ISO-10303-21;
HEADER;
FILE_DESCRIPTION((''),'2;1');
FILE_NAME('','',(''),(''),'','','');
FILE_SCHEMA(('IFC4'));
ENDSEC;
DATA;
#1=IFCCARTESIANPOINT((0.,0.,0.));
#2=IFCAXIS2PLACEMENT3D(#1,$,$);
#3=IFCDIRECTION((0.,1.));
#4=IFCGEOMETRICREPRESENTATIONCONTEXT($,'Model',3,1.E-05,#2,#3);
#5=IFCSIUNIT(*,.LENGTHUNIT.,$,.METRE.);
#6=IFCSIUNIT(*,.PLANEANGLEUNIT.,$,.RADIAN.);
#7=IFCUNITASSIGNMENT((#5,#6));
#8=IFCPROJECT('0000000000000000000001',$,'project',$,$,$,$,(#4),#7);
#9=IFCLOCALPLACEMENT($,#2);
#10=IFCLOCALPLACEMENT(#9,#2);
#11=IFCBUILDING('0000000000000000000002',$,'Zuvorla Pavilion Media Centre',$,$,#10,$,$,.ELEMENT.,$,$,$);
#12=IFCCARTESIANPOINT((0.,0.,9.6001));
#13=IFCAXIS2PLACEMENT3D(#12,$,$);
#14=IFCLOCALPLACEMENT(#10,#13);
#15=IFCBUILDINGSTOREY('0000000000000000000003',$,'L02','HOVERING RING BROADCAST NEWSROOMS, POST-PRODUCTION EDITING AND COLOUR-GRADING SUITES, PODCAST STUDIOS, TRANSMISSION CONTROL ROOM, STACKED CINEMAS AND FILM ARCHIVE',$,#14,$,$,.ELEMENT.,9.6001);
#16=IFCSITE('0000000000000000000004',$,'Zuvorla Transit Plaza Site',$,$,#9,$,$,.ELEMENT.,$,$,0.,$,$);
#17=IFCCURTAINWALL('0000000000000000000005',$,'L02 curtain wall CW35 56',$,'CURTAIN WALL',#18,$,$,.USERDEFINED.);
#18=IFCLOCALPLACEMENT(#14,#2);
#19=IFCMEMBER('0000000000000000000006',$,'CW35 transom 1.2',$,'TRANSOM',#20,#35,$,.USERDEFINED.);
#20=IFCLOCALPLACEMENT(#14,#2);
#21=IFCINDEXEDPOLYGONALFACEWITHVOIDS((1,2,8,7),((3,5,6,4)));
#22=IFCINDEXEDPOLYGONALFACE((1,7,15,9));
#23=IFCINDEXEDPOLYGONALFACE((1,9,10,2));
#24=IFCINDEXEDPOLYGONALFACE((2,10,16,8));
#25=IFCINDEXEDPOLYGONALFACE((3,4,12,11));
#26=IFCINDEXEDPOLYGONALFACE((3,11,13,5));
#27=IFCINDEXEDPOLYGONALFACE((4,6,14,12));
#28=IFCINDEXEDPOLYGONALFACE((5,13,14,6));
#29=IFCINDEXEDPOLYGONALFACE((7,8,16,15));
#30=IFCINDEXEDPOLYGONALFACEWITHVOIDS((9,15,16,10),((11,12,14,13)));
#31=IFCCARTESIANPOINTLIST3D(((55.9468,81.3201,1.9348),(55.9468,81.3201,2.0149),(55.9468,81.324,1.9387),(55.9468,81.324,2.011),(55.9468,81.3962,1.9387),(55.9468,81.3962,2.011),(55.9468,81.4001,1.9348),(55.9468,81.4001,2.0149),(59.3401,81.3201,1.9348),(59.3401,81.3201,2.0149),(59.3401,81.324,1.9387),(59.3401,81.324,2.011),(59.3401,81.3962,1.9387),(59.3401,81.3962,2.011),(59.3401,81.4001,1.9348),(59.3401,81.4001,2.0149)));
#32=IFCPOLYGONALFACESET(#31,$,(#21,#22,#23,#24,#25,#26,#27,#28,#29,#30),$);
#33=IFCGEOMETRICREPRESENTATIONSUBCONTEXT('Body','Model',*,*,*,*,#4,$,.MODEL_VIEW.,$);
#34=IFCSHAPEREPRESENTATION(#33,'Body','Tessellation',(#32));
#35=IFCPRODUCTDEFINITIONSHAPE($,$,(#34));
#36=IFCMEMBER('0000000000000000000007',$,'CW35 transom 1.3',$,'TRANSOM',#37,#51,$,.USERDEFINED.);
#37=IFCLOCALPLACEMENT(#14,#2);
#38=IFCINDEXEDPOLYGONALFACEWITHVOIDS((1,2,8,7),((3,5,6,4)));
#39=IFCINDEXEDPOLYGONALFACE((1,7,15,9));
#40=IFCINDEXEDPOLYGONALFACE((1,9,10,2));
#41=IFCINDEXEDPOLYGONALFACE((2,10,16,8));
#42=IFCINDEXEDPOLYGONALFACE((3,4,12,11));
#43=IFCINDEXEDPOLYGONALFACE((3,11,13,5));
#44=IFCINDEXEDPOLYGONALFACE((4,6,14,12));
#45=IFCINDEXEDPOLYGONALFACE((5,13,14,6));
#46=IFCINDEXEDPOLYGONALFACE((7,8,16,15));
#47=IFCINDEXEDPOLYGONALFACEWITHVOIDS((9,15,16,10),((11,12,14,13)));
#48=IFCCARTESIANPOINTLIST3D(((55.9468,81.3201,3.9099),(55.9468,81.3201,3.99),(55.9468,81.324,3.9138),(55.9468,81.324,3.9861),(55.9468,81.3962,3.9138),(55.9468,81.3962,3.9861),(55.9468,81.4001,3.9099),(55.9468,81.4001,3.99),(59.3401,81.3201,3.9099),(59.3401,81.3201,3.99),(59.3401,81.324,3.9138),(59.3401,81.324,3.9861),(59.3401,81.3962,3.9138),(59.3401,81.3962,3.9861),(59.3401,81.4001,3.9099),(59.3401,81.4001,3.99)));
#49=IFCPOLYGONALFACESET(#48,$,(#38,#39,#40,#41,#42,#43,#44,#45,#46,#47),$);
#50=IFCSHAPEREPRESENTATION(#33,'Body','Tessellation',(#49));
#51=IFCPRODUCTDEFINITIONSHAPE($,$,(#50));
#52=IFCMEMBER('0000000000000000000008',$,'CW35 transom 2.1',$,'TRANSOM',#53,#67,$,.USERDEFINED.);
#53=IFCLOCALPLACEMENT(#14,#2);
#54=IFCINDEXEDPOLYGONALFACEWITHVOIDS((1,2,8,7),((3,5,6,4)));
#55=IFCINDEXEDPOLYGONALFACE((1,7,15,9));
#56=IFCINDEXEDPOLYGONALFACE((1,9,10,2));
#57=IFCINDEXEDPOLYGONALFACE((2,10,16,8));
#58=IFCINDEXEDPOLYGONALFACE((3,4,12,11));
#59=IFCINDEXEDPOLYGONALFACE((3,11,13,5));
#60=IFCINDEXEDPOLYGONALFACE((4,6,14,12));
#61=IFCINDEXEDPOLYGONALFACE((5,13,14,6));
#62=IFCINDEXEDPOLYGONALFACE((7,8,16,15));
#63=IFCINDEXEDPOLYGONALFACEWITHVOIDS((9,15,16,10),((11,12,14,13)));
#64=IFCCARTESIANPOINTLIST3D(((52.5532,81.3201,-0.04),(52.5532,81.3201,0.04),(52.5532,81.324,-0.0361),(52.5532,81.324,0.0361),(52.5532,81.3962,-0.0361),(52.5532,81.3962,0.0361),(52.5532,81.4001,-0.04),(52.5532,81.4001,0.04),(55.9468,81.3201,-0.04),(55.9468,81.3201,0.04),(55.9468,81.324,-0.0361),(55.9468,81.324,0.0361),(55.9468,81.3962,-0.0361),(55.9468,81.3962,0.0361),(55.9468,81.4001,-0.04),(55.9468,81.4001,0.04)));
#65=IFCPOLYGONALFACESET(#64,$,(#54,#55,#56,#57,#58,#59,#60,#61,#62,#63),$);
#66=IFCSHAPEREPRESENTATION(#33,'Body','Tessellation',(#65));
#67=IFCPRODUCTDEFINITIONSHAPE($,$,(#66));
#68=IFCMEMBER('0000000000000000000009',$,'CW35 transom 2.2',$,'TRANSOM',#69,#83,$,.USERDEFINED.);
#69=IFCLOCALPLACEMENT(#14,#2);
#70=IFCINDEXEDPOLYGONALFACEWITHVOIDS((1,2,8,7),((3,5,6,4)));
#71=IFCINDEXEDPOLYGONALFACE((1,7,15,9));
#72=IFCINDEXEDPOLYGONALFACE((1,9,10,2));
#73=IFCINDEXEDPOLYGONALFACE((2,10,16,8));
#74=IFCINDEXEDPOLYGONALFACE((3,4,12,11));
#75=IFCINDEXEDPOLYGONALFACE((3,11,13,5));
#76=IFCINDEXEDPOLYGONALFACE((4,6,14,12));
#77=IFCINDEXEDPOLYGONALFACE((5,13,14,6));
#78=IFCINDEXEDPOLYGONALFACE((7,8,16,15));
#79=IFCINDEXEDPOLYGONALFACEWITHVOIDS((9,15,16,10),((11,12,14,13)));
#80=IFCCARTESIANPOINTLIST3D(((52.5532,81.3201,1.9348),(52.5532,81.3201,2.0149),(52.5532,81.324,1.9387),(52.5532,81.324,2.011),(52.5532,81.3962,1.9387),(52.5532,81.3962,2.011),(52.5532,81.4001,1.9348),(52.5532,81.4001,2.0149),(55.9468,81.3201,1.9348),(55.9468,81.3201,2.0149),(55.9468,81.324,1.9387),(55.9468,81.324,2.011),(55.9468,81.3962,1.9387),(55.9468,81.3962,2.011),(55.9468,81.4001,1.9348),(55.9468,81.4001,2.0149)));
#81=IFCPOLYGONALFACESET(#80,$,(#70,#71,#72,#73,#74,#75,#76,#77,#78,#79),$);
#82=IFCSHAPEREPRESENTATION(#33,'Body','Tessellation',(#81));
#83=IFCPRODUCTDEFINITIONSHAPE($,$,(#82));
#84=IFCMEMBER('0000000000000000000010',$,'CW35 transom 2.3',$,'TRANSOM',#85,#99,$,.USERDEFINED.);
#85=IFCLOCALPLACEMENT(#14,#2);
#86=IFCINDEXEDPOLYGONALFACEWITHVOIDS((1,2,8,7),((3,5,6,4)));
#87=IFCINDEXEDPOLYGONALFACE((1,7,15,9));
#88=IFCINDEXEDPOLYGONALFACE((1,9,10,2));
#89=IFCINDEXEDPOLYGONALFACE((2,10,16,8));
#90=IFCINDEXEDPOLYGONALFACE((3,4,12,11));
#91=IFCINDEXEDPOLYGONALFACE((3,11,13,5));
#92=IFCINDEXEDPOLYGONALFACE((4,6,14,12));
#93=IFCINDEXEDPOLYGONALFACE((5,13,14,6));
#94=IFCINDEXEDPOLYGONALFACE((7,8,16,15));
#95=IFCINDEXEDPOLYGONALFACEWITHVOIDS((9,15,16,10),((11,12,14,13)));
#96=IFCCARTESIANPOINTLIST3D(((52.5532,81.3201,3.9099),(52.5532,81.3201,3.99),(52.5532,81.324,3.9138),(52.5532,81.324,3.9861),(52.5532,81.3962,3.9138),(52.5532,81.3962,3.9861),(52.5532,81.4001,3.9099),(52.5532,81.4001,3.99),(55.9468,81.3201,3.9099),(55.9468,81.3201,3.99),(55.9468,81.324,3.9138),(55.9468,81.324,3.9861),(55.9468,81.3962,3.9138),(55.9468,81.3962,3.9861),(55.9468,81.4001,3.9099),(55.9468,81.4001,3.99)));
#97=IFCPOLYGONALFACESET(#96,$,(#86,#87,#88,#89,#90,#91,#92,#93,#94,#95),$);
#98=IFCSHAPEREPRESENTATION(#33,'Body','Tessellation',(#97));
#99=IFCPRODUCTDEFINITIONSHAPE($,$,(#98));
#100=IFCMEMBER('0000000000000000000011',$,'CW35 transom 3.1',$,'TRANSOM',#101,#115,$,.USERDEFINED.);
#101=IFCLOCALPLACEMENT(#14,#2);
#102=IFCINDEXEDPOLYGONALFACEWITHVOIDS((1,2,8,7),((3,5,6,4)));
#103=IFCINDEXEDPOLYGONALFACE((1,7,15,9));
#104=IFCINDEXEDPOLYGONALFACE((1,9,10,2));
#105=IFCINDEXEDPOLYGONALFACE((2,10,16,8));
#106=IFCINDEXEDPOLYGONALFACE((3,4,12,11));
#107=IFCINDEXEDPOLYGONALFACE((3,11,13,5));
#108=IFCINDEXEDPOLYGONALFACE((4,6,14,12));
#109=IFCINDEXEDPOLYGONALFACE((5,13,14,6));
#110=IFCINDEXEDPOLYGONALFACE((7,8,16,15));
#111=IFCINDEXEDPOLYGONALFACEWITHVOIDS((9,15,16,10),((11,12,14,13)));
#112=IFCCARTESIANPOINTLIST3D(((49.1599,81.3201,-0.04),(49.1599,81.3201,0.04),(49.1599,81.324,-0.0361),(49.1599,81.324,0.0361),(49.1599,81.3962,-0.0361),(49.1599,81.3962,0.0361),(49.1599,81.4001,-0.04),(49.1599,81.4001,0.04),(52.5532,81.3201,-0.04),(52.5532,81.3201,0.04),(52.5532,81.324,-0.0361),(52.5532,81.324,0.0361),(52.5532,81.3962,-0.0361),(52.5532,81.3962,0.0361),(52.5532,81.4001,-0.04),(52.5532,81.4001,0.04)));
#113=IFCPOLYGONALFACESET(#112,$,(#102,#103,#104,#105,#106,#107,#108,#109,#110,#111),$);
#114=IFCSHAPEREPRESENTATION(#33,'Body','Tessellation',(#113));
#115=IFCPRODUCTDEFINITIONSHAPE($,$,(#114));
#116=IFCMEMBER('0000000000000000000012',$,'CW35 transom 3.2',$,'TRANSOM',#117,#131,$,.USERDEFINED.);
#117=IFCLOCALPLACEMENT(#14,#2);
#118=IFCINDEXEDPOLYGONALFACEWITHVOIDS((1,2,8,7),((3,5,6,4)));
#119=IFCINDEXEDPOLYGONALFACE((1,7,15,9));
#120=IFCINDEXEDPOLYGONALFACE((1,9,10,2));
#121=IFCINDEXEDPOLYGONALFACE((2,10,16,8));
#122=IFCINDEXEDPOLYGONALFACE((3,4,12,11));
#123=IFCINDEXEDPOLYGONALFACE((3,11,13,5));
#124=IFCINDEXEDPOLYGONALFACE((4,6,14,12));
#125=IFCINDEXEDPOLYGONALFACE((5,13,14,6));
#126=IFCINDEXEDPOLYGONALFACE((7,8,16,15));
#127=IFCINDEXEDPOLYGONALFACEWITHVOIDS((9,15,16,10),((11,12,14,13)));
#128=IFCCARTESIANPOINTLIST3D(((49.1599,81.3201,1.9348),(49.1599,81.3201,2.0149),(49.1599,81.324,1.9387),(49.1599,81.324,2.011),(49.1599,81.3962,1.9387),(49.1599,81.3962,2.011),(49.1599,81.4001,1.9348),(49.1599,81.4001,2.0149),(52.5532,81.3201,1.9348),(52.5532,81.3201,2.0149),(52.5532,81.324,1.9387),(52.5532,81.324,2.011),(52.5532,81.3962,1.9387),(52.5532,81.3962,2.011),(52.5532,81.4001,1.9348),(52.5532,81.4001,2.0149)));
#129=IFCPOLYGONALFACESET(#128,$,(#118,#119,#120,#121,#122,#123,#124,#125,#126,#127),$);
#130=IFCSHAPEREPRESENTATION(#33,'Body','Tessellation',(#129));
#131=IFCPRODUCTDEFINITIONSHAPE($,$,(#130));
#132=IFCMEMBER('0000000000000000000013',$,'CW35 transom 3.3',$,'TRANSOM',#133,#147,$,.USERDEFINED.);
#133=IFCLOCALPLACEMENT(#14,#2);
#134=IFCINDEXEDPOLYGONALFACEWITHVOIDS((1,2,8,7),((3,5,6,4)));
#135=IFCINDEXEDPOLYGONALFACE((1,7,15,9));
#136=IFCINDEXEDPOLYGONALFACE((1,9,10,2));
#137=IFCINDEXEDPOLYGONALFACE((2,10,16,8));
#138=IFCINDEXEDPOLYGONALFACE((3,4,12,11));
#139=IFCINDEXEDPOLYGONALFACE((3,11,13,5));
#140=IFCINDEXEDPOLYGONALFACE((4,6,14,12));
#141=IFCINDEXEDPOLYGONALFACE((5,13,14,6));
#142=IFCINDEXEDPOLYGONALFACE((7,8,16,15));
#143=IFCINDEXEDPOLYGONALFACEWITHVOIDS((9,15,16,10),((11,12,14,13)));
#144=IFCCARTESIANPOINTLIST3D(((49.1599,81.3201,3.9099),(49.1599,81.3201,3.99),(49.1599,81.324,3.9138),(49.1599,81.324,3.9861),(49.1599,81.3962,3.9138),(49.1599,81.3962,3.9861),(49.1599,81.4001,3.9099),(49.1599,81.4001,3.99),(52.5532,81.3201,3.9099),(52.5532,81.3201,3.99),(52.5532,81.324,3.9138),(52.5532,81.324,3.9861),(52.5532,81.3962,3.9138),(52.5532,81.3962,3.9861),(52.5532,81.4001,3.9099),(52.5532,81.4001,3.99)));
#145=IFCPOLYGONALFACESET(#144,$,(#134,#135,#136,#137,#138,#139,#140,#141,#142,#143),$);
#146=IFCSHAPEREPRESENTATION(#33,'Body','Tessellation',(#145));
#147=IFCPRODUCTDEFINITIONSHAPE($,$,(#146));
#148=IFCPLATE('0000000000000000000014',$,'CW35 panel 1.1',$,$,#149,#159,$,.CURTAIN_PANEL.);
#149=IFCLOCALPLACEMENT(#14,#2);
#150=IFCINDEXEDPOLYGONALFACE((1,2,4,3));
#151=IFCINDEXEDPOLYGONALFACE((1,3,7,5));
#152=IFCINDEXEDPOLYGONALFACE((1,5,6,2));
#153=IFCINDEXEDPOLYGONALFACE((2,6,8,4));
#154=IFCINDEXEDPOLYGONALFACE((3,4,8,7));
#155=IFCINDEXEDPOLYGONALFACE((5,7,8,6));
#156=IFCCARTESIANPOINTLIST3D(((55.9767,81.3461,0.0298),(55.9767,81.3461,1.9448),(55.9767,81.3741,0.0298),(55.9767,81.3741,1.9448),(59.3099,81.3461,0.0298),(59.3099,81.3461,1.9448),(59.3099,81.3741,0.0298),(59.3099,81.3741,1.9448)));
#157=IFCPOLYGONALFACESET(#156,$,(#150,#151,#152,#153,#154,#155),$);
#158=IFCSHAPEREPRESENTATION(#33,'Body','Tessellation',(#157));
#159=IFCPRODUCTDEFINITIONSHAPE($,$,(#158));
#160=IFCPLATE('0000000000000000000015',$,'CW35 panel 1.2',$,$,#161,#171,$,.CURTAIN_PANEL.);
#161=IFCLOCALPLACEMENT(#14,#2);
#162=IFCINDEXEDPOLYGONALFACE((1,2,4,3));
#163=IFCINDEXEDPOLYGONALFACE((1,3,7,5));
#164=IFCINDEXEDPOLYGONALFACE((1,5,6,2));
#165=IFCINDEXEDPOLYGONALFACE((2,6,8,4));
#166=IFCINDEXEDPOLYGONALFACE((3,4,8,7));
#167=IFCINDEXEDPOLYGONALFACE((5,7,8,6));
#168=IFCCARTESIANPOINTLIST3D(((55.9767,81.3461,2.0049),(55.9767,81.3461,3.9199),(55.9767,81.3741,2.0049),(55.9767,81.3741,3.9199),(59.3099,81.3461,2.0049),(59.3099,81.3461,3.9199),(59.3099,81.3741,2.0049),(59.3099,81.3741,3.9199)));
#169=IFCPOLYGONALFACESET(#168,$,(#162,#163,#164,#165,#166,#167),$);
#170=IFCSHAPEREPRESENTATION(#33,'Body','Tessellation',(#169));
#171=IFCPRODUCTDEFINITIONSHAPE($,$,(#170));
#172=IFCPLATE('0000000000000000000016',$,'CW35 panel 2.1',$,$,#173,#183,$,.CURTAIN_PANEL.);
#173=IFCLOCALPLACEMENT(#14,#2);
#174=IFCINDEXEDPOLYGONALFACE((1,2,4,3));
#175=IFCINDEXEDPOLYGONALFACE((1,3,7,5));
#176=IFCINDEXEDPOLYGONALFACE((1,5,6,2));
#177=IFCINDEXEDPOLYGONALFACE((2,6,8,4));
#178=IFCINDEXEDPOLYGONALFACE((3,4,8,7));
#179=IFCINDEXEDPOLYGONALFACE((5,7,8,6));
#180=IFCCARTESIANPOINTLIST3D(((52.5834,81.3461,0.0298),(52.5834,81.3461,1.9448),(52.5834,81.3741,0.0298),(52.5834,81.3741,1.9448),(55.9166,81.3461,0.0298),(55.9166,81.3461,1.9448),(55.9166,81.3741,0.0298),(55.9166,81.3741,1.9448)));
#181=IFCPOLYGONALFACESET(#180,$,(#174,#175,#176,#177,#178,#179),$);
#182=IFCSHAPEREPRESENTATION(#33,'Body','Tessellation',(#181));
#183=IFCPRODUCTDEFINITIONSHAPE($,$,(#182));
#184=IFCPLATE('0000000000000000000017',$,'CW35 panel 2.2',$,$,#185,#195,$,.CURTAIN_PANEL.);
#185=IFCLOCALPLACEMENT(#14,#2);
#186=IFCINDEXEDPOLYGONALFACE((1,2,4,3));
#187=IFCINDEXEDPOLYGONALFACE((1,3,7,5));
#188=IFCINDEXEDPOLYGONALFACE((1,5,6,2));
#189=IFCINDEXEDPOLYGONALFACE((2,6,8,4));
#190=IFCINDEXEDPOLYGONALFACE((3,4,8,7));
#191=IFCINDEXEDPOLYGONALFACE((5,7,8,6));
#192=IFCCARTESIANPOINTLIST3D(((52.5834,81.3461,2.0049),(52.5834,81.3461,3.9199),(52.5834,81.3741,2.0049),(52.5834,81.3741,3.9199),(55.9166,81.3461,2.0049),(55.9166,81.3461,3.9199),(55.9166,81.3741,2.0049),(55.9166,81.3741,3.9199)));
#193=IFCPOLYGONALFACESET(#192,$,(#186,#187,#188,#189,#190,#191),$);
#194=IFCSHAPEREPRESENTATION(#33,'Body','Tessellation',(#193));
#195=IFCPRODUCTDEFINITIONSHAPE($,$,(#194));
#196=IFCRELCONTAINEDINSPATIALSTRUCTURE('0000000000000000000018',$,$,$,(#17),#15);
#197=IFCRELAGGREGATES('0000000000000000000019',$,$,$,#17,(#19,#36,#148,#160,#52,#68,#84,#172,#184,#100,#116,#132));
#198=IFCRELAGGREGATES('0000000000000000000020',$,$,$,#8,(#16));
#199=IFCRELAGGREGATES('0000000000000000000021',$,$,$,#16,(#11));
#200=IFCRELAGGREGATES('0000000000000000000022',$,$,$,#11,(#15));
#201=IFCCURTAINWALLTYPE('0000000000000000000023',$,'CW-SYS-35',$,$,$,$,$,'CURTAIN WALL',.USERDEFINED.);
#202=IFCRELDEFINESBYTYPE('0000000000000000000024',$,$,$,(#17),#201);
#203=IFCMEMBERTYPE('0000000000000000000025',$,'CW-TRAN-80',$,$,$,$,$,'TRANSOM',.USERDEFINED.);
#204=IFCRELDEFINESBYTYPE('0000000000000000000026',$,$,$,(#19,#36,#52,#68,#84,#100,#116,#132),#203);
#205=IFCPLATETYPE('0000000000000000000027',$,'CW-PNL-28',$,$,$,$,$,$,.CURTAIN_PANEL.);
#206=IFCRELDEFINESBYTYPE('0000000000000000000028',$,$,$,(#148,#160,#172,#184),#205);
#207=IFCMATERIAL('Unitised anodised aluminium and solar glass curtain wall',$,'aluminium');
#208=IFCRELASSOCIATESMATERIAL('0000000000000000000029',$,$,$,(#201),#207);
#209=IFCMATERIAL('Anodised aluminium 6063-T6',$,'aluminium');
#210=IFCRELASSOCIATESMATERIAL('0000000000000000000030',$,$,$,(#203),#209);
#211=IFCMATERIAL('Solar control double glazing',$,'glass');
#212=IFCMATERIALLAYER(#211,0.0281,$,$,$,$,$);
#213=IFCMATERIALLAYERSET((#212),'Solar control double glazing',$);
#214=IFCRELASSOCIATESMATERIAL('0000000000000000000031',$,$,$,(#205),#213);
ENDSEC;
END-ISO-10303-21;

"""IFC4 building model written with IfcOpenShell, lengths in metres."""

from ifc_helpers import new_model, si_unit, direction, frame, origin, origin_2d, place, context, subcontext, project, spatial, rectangle, hollow_rectangle, extrude, material, layer, layer_set, material_profile, profile_set, type_object, element, aggregate, save


model = new_model("IFC4")

# Units and contexts
model_context = context("Model", 3, precision=1e-05, world=origin(), true_north=direction((0.0, 1.0)))
body_context = subcontext(model_context, "Body", "Model", "MODEL_VIEW")
ifc_project = project(units=[si_unit("LENGTHUNIT", "METRE"), si_unit("PLANEANGLEUNIT", "RADIAN")], contexts=[model_context])

# Site, building, storey
site_placement = place(None, origin())
site = spatial("IfcSite", under=ifc_project, at=site_placement, Name="Zuvorla Transit Plaza Site", CompositionType="ELEMENT", RefElevation=0.0)
building_placement = place(site_placement, origin())
building = spatial("IfcBuilding", under=site, at=building_placement, Name="Zuvorla Pavilion Media Centre", CompositionType="ELEMENT")
storey_placement = place(building_placement, frame((0.0, 0.0, 9.6001)))
storey = spatial("IfcBuildingStorey", under=building, at=storey_placement, Name="L02", Description="HOVERING RING BROADCAST NEWSROOMS, POST-PRODUCTION EDITING AND COLOUR-GRADING SUITES, PODCAST STUDIOS, TRANSMISSION CONTROL ROOM, STACKED CINEMAS AND FILM ARCHIVE", CompositionType="ELEMENT", Elevation=9.6001)

# Curtain wall
ifc_material_1 = material(Name="Unitised anodised aluminium and solar glass curtain wall", Category="aluminium")
curtain_wall_type_1 = type_object("IfcCurtainWallType", Name="CW-SYS-35", ElementType="CURTAIN WALL", PredefinedType="USERDEFINED", material=ifc_material_1)
curtain_wall_1_placement = place(storey_placement, origin())
curtain_wall_1 = element("IfcCurtainWall", 1, at=curtain_wall_1_placement, inside=storey, type_object=curtain_wall_type_1, Name="L02 curtain wall CW35 56", ObjectType="CURTAIN WALL", PredefinedType="USERDEFINED")
ifc_material_2 = material(Name="Anodised aluminium 6063-T6", Category="aluminium")

# Members
ifc_material_profile_1 = material_profile(ifc_material_2, hollow_rectangle(XDim=0.0801, YDim=0.0801, WallThickness=0.0039, at=origin_2d()), Name="ALU TRAN 80x80")
ifc_profile_set_1 = profile_set([ifc_material_profile_1], Name="Anodised aluminium 6063-T6")
member_type_1 = type_object("IfcMemberType", Name="CW-TRAN-80", ElementType="TRANSOM", PredefinedType="USERDEFINED", material=ifc_profile_set_1)
member_1_placement = place(storey_placement, frame((59.3401, 81.3601, 1.9749), z_axis=(-1.0, 0.0, 0.0), x_axis=(0.0, -1.0, 0.0)))
member_1 = element("IfcMember", 2, at=member_1_placement, type_object=member_type_1, Name="CW35 transom 1.2", ObjectType="TRANSOM", PredefinedType="USERDEFINED", context=body_context, shape_type="SweptSolid", body=[
    extrude(hollow_rectangle(XDim=0.0801, YDim=0.0801, WallThickness=0.0039, at=origin_2d()), origin(), (0.0, 0.0, 1.0), 3.3933),
])
member_2_placement = place(storey_placement, frame((59.3401, 81.3601, 3.95), z_axis=(-1.0, 0.0, 0.0), x_axis=(0.0, -1.0, 0.0)))
member_2 = element("IfcMember", 3, at=member_2_placement, type_object=member_type_1, Name="CW35 transom 1.3", ObjectType="TRANSOM", PredefinedType="USERDEFINED", context=body_context, shape_type="SweptSolid", body=[
    extrude(hollow_rectangle(XDim=0.0801, YDim=0.0801, WallThickness=0.0039, at=origin_2d()), origin(), (0.0, 0.0, 1.0), 3.3933),
])
member_3_placement = place(storey_placement, frame((55.9468, 81.3601, 0.0), z_axis=(-1.0, 0.0, 0.0), x_axis=(0.0, -1.0, 0.0)))
member_3 = element("IfcMember", 4, at=member_3_placement, type_object=member_type_1, Name="CW35 transom 2.1", ObjectType="TRANSOM", PredefinedType="USERDEFINED", context=body_context, shape_type="SweptSolid", body=[
    extrude(hollow_rectangle(XDim=0.0801, YDim=0.0801, WallThickness=0.0039, at=origin_2d()), origin(), (0.0, 0.0, 1.0), 3.3936),
])
member_4_placement = place(storey_placement, frame((55.9468, 81.3601, 1.9749), z_axis=(-1.0, 0.0, 0.0), x_axis=(0.0, -1.0, 0.0)))
member_4 = element("IfcMember", 5, at=member_4_placement, type_object=member_type_1, Name="CW35 transom 2.2", ObjectType="TRANSOM", PredefinedType="USERDEFINED", context=body_context, shape_type="SweptSolid", body=[
    extrude(hollow_rectangle(XDim=0.0801, YDim=0.0801, WallThickness=0.0039, at=origin_2d()), origin(), (0.0, 0.0, 1.0), 3.3936),
])
member_5_placement = place(storey_placement, frame((55.9468, 81.3601, 3.95), z_axis=(-1.0, 0.0, 0.0), x_axis=(0.0, -1.0, 0.0)))
member_5 = element("IfcMember", 6, at=member_5_placement, type_object=member_type_1, Name="CW35 transom 2.3", ObjectType="TRANSOM", PredefinedType="USERDEFINED", context=body_context, shape_type="SweptSolid", body=[
    extrude(hollow_rectangle(XDim=0.0801, YDim=0.0801, WallThickness=0.0039, at=origin_2d()), origin(), (0.0, 0.0, 1.0), 3.3936),
])
member_6_placement = place(storey_placement, frame((52.5532, 81.3601, 0.0), z_axis=(-1.0, 0.0, 0.0), x_axis=(0.0, -1.0, 0.0)))
member_6 = element("IfcMember", 7, at=member_6_placement, type_object=member_type_1, Name="CW35 transom 3.1", ObjectType="TRANSOM", PredefinedType="USERDEFINED", context=body_context, shape_type="SweptSolid", body=[
    extrude(hollow_rectangle(XDim=0.0801, YDim=0.0801, WallThickness=0.0039, at=origin_2d()), origin(), (0.0, 0.0, 1.0), 3.3933),
])
member_7_placement = place(storey_placement, frame((52.5532, 81.3601, 1.9749), z_axis=(-1.0, 0.0, 0.0), x_axis=(0.0, -1.0, 0.0)))
member_7 = element("IfcMember", 8, at=member_7_placement, type_object=member_type_1, Name="CW35 transom 3.2", ObjectType="TRANSOM", PredefinedType="USERDEFINED", context=body_context, shape_type="SweptSolid", body=[
    extrude(hollow_rectangle(XDim=0.0801, YDim=0.0801, WallThickness=0.0039, at=origin_2d()), origin(), (0.0, 0.0, 1.0), 3.3933),
])
member_8_placement = place(storey_placement, frame((52.5532, 81.3601, 3.95), z_axis=(-1.0, 0.0, 0.0), x_axis=(0.0, -1.0, 0.0)))
member_8 = element("IfcMember", 9, at=member_8_placement, type_object=member_type_1, Name="CW35 transom 3.3", ObjectType="TRANSOM", PredefinedType="USERDEFINED", context=body_context, shape_type="SweptSolid", body=[
    extrude(hollow_rectangle(XDim=0.0801, YDim=0.0801, WallThickness=0.0039, at=origin_2d()), origin(), (0.0, 0.0, 1.0), 3.3933),
])

# Plates
ifc_material_3 = material(Name="Solar control double glazing", Category="glass")
ifc_layer_1 = layer(ifc_material_3, 0.0281)
ifc_layer_set_1 = layer_set([ifc_layer_1], Name="Solar control double glazing")
plate_type_1 = type_object("IfcPlateType", Name="CW-PNL-28", PredefinedType="CURTAIN_PANEL", material=ifc_layer_set_1)
plate_1_placement = place(storey_placement, frame((57.6433, 81.3601, 0.0298), z_axis=(0.0, 0.0, 1.0), x_axis=(-1.0, 0.0, 0.0)))
plate_1 = element("IfcPlate", 10, at=plate_1_placement, type_object=plate_type_1, Name="CW35 panel 1.1", PredefinedType="CURTAIN_PANEL", context=body_context, shape_type="SweptSolid", body=[
    extrude(rectangle(XDim=3.3333, YDim=0.0281, at=origin_2d()), origin(), (0.0, 0.0, 1.0), 1.915),
])
plate_2_placement = place(storey_placement, frame((57.6433, 81.3601, 2.0049), z_axis=(0.0, 0.0, 1.0), x_axis=(-1.0, 0.0, 0.0)))
plate_2 = element("IfcPlate", 11, at=plate_2_placement, type_object=plate_type_1, Name="CW35 panel 1.2", PredefinedType="CURTAIN_PANEL", context=body_context, shape_type="SweptSolid", body=[
    extrude(rectangle(XDim=3.3333, YDim=0.0281, at=origin_2d()), origin(), (0.0, 0.0, 1.0), 1.915),
])
plate_3_placement = place(storey_placement, frame((54.25, 81.3601, 0.0298), z_axis=(0.0, 0.0, 1.0), x_axis=(-1.0, 0.0, 0.0)))
plate_3 = element("IfcPlate", 12, at=plate_3_placement, type_object=plate_type_1, Name="CW35 panel 2.1", PredefinedType="CURTAIN_PANEL", context=body_context, shape_type="SweptSolid", body=[
    extrude(rectangle(XDim=3.3333, YDim=0.0281, at=origin_2d()), origin(), (0.0, 0.0, 1.0), 1.915),
])
plate_4_placement = place(storey_placement, frame((54.25, 81.3601, 2.0049), z_axis=(0.0, 0.0, 1.0), x_axis=(-1.0, 0.0, 0.0)))
plate_4 = element("IfcPlate", 13, at=plate_4_placement, type_object=plate_type_1, Name="CW35 panel 2.2", PredefinedType="CURTAIN_PANEL", context=body_context, shape_type="SweptSolid", body=[
    extrude(rectangle(XDim=3.3333, YDim=0.0281, at=origin_2d()), origin(), (0.0, 0.0, 1.0), 1.915),
])
aggregate(curtain_wall_1, [member_1, member_2, plate_1, plate_2, member_3, member_4, member_5, plate_3, plate_4, member_6, member_7, member_8])

save(model, "model.ifc")
